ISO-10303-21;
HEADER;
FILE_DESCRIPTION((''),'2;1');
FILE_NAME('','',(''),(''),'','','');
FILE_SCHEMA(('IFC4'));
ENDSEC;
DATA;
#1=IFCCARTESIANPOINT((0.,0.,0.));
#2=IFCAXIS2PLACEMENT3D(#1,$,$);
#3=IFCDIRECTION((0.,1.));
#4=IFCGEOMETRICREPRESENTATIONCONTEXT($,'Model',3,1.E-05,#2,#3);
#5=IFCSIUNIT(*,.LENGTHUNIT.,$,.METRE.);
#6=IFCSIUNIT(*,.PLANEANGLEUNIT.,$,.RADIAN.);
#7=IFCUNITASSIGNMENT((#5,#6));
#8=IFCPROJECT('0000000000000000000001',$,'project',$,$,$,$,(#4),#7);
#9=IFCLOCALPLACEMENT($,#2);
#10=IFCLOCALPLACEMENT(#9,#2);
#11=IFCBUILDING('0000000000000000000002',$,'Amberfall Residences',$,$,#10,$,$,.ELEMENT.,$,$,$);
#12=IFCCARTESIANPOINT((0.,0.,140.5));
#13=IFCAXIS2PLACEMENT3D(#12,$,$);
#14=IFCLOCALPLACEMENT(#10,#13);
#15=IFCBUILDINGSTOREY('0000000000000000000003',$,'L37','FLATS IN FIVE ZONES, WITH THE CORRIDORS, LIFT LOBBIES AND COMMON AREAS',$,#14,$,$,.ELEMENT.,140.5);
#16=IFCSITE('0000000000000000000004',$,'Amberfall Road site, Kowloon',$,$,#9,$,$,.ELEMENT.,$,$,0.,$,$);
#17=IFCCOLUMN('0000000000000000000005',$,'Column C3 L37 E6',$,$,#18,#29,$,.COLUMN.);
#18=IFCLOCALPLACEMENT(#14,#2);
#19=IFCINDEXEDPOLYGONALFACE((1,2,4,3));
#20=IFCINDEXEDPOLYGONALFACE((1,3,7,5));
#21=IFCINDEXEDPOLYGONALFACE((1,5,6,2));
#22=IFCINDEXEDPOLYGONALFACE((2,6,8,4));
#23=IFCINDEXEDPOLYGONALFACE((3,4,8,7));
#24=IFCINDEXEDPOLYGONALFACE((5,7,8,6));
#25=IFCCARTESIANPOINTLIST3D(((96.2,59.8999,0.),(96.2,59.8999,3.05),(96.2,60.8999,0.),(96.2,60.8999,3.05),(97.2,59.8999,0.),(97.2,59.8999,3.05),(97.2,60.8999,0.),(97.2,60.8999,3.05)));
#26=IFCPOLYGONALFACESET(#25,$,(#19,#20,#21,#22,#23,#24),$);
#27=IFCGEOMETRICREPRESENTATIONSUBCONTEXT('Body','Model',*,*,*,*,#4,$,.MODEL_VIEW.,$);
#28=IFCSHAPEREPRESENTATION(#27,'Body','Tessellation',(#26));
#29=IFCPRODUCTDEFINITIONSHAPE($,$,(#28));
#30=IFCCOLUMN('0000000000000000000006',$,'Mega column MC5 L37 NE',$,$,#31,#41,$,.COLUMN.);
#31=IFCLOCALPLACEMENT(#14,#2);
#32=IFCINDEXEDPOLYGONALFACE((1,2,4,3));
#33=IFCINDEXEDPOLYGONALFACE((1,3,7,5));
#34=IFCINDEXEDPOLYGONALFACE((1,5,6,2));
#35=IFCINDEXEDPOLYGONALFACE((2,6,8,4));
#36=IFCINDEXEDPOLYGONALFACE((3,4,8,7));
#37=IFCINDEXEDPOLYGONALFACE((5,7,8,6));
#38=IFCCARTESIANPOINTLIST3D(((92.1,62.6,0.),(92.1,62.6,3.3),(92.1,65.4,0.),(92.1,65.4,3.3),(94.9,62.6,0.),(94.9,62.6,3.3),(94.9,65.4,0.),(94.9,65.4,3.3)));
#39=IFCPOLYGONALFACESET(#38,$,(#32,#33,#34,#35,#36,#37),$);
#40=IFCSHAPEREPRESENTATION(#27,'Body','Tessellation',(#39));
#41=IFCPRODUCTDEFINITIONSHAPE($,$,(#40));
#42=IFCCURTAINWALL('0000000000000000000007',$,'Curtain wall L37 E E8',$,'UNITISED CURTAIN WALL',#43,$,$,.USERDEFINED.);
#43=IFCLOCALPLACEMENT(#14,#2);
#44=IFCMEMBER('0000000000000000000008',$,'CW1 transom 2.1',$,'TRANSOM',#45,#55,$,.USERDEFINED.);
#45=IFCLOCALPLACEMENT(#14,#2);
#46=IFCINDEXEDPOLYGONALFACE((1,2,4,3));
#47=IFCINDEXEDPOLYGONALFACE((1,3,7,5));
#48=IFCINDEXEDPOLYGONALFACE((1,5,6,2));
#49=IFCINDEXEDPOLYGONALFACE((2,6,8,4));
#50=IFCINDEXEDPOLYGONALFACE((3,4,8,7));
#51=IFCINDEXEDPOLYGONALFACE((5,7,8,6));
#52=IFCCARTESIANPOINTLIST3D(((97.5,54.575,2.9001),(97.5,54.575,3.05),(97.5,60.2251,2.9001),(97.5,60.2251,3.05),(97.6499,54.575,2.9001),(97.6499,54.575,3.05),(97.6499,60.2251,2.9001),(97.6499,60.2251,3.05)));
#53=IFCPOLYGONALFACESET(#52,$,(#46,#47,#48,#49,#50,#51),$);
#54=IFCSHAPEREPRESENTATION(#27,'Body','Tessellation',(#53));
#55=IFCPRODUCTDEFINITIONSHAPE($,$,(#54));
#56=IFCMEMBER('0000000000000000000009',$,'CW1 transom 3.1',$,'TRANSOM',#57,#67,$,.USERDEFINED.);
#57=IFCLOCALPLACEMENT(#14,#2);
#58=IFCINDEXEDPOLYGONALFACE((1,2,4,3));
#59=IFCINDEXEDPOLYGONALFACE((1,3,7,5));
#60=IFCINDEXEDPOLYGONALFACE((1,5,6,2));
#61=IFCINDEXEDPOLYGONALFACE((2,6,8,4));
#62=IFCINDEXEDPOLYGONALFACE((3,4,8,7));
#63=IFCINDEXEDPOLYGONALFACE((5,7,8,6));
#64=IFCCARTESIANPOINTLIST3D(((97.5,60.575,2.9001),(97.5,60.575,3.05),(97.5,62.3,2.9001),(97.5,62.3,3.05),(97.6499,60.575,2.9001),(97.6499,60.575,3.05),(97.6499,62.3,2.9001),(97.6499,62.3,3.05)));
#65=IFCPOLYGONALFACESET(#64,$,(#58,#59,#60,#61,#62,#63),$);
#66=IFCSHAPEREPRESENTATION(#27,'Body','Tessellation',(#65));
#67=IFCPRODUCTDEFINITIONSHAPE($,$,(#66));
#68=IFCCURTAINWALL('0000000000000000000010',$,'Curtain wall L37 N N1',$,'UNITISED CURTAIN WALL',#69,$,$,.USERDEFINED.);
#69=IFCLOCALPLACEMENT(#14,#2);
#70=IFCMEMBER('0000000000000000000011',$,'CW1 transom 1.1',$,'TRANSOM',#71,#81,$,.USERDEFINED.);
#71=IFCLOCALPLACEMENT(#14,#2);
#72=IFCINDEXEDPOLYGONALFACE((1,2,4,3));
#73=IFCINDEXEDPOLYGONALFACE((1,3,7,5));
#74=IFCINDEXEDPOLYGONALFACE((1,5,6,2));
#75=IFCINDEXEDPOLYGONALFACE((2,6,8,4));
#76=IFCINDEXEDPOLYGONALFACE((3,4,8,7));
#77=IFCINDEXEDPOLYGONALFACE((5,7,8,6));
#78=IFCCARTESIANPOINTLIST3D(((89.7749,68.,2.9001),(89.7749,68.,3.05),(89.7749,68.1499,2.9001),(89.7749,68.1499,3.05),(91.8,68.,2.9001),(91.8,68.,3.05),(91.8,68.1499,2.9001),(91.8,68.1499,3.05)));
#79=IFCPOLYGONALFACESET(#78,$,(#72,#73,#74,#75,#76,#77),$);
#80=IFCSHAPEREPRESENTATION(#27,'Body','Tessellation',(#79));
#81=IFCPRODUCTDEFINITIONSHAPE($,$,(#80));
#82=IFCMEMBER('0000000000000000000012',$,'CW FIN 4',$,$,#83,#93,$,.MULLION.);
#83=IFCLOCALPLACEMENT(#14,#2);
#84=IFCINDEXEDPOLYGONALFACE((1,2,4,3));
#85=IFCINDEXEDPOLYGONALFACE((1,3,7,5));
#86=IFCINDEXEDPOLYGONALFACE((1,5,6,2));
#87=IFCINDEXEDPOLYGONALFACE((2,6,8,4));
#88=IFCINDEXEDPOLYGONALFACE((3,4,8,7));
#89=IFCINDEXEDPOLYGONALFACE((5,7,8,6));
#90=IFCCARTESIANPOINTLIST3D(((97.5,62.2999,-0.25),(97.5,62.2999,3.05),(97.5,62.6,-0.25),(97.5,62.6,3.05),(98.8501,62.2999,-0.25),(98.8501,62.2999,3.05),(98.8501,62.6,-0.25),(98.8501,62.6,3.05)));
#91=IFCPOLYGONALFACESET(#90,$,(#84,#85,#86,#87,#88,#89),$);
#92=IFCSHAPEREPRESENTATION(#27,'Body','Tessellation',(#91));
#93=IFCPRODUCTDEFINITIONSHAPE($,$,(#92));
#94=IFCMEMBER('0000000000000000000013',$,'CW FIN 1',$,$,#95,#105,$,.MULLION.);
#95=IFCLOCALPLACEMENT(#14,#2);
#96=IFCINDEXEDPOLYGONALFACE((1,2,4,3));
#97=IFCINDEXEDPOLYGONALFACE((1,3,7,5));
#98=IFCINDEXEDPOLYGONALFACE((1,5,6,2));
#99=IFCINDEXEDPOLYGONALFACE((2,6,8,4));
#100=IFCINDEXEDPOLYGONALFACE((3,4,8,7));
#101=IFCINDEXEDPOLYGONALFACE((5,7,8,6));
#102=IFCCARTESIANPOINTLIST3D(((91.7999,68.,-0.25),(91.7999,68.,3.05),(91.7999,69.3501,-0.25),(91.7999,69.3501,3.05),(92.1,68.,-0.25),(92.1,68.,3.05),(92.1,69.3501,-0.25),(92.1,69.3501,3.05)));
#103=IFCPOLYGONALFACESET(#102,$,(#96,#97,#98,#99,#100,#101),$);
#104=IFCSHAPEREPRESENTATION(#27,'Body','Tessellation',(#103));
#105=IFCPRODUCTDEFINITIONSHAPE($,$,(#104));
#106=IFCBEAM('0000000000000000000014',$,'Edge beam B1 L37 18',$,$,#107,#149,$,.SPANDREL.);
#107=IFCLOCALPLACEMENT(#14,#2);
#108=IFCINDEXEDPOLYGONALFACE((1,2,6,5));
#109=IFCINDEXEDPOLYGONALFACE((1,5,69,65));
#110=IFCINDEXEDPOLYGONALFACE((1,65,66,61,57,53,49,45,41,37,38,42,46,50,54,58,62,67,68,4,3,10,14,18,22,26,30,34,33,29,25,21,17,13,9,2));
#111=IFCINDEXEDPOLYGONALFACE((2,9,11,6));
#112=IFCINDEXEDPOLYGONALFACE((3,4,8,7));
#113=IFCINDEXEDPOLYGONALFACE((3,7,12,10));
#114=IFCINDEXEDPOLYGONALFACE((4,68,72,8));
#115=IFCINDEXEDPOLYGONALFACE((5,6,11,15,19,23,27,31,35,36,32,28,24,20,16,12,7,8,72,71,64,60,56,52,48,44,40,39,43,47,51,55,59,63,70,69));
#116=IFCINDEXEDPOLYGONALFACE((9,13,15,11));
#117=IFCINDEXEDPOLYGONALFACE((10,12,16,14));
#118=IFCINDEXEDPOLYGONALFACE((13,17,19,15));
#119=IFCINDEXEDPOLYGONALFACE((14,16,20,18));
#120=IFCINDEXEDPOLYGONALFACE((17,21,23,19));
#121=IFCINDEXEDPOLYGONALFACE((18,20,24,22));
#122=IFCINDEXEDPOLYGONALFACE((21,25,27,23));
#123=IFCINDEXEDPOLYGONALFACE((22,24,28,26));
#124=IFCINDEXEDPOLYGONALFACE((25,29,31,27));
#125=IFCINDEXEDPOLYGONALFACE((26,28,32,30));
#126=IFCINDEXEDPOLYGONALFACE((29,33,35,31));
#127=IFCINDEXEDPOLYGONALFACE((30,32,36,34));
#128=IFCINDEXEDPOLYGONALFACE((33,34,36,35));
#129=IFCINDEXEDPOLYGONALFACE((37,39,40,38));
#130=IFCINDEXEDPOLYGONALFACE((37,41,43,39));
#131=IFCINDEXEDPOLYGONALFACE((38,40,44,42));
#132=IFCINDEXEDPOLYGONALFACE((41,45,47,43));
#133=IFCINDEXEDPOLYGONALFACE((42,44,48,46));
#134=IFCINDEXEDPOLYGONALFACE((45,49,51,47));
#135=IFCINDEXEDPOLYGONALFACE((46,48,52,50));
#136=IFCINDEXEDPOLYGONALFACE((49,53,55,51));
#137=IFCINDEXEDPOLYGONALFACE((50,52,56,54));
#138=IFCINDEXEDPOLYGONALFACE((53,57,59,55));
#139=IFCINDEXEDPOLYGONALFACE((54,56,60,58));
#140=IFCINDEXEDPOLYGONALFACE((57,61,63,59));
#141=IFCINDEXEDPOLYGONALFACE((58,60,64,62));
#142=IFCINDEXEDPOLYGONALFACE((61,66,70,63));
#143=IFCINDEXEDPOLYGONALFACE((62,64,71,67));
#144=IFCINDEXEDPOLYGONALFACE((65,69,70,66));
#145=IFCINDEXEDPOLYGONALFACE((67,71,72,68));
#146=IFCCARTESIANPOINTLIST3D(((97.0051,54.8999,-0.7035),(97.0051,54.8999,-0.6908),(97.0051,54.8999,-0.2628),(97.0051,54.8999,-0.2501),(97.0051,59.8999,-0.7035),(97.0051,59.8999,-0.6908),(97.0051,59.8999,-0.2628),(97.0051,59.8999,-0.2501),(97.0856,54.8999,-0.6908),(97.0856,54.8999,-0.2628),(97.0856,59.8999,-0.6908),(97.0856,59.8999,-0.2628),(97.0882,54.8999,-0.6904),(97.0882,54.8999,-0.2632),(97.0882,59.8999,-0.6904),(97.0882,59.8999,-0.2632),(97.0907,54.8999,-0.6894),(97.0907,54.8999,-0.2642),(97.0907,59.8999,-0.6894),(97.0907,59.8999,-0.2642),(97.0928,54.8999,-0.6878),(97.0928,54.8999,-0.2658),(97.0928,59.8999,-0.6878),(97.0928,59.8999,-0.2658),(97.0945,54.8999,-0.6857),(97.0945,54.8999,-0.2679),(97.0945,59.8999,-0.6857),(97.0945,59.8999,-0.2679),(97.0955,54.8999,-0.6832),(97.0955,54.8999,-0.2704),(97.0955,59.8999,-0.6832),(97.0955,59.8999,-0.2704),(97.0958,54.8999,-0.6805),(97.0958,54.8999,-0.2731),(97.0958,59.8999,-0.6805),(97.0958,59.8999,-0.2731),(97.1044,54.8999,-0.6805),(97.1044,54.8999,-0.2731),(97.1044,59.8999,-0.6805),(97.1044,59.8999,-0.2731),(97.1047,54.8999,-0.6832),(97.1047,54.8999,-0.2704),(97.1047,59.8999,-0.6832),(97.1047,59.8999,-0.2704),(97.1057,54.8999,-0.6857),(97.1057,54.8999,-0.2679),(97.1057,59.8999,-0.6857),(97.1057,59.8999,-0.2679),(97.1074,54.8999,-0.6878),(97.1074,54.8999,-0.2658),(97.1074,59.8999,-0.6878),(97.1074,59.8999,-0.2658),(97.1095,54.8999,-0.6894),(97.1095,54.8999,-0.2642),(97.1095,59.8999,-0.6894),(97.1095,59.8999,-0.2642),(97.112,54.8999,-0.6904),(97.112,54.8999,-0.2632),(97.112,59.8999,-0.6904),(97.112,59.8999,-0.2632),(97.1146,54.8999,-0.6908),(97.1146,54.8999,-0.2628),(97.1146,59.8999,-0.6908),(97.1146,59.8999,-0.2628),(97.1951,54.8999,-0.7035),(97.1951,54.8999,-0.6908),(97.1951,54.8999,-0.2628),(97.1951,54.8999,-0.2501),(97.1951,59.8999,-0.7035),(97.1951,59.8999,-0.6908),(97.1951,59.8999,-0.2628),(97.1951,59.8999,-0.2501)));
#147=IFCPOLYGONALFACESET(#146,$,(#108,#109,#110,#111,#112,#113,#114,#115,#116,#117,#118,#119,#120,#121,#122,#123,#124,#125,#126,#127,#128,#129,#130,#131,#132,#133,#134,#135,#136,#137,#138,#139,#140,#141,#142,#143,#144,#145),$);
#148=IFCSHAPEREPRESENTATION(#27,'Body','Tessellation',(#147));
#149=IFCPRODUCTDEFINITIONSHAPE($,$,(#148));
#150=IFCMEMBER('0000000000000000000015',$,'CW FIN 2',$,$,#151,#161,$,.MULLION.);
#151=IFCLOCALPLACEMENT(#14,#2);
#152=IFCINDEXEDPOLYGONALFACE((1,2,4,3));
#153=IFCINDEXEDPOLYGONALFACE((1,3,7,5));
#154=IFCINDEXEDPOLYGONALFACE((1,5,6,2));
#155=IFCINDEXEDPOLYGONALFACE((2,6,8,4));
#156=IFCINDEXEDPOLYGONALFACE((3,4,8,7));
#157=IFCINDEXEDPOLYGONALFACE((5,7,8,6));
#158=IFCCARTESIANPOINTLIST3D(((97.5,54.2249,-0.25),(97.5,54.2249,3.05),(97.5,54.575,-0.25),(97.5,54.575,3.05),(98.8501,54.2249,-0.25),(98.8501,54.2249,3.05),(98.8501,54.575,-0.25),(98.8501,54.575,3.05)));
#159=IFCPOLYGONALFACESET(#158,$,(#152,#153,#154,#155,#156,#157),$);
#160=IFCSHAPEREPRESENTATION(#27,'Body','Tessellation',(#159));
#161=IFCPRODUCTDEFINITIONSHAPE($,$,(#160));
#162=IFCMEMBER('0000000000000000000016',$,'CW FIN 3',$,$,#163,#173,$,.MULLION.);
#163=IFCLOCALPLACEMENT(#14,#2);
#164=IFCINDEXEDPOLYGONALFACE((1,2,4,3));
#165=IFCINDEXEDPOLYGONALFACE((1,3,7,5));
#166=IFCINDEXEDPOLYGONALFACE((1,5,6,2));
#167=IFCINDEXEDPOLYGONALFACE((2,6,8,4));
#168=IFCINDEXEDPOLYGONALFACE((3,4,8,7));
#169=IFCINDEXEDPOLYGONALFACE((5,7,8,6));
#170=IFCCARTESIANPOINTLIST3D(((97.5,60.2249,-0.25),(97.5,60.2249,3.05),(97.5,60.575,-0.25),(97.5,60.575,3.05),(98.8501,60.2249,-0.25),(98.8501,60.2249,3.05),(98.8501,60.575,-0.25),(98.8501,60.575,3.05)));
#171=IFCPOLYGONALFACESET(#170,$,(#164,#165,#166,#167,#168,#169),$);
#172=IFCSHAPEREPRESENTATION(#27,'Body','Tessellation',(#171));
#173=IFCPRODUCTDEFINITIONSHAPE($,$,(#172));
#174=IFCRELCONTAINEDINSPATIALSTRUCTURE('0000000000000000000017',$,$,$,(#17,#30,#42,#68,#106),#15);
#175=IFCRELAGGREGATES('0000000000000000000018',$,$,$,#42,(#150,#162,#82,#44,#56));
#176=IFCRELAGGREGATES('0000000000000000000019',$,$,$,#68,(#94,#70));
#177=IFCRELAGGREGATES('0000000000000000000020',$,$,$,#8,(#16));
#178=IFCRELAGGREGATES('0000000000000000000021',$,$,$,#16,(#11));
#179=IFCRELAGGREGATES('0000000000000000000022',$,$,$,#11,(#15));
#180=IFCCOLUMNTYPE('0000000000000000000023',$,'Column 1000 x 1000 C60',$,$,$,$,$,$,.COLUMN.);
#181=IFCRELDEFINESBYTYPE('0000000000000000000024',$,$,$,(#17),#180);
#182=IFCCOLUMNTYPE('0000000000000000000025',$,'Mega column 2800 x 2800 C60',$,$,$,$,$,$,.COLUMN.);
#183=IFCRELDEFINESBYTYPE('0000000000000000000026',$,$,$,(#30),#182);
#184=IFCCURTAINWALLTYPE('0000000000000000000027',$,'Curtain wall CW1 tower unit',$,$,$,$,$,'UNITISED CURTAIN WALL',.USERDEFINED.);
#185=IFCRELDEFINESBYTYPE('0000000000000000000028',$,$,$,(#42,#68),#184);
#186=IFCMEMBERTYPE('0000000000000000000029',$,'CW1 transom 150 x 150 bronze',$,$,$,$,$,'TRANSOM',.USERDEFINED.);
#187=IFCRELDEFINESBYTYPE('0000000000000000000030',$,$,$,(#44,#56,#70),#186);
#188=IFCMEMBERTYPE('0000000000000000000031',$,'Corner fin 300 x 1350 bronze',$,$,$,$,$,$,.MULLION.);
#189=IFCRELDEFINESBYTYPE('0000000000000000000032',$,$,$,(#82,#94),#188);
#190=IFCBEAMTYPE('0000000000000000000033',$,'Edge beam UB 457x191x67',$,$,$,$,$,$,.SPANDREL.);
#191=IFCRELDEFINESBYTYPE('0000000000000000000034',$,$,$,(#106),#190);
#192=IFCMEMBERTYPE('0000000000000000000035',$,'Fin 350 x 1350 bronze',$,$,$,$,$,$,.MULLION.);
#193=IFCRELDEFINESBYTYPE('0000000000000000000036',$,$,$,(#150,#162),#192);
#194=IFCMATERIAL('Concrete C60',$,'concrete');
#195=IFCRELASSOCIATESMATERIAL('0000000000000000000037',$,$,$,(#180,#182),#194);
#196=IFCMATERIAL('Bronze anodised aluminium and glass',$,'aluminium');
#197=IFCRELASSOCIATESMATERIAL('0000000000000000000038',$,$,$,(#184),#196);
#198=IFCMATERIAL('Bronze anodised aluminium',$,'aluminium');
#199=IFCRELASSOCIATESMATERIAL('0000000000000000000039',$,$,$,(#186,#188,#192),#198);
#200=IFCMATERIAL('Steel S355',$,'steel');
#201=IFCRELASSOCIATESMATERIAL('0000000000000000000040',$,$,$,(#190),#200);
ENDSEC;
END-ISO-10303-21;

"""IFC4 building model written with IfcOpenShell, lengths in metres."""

from ifc_helpers import new_model, si_unit, direction, frame, origin, origin_2d, place, context, subcontext, project, spatial, rectangle, i_section, extrude, material, material_profile, profile_set, type_object, element, aggregate, save


model = new_model("IFC4")

# Units and contexts
model_context = context("Model", 3, precision=1e-05, world=origin(), true_north=direction((0.0, 1.0)))
body_context = subcontext(model_context, "Body", "Model", "MODEL_VIEW")
ifc_project = project(units=[si_unit("LENGTHUNIT", "METRE"), si_unit("PLANEANGLEUNIT", "RADIAN")], contexts=[model_context])

# Site, building, storey
site_placement = place(None, origin())
site = spatial("IfcSite", under=ifc_project, at=site_placement, Name="Amberfall Road site, Kowloon", CompositionType="ELEMENT", RefElevation=0.0)
building_placement = place(site_placement, origin())
building = spatial("IfcBuilding", under=site, at=building_placement, Name="Amberfall Residences", CompositionType="ELEMENT")
storey_placement = place(building_placement, frame((0.0, 0.0, 140.5)))
storey = spatial("IfcBuildingStorey", under=building, at=storey_placement, Name="L37", Description="FLATS IN FIVE ZONES, WITH THE CORRIDORS, LIFT LOBBIES AND COMMON AREAS", CompositionType="ELEMENT", Elevation=140.5)

# Columns
ifc_material_1 = material(Name="Concrete C60", Category="concrete")
ifc_material_profile_1 = material_profile(ifc_material_1, rectangle(XDim=1.0, YDim=1.0, at=origin_2d()), Name="Column 1000 x 1000 C60")
ifc_profile_set_1 = profile_set([ifc_material_profile_1], Name="Concrete C60")
column_type_1 = type_object("IfcColumnType", Name="Column 1000 x 1000 C60", PredefinedType="COLUMN", material=ifc_profile_set_1)
column_1_placement = place(storey_placement, frame((96.7, 60.3999, 0.0), z_axis=(0.0, 0.0, 1.0), x_axis=(1.0, 0.0, 0.0)))
element("IfcColumn", 1, at=column_1_placement, inside=storey, type_object=column_type_1, Name="Column C3 L37 E6", PredefinedType="COLUMN", context=body_context, shape_type="SweptSolid", body=[
    extrude(rectangle(XDim=1.0, YDim=1.0, at=origin_2d()), origin(), (0.0, 0.0, 1.0), 3.05),
])
ifc_material_profile_2 = material_profile(ifc_material_1, rectangle(XDim=2.8, YDim=2.8, at=origin_2d()), Name="Mega column 2800 x 2800 C60")
ifc_profile_set_2 = profile_set([ifc_material_profile_2], Name="Concrete C60")
column_type_2 = type_object("IfcColumnType", Name="Mega column 2800 x 2800 C60", PredefinedType="COLUMN", material=ifc_profile_set_2)
column_2_placement = place(storey_placement, frame((93.5, 64.0, 0.0), z_axis=(0.0, 0.0, 1.0), x_axis=(1.0, 0.0, 0.0)))
element("IfcColumn", 2, at=column_2_placement, inside=storey, type_object=column_type_2, Name="Mega column MC5 L37 NE", PredefinedType="COLUMN", context=body_context, shape_type="SweptSolid", body=[
    extrude(rectangle(XDim=2.8, YDim=2.8, at=origin_2d()), origin(), (0.0, 0.0, 1.0), 3.3),
])

# Curtain wall, members
ifc_material_2 = material(Name="Bronze anodised aluminium and glass", Category="aluminium")
curtain_wall_type = type_object("IfcCurtainWallType", Name="Curtain wall CW1 tower unit", ElementType="UNITISED CURTAIN WALL", PredefinedType="USERDEFINED", material=ifc_material_2)
curtain_wall_1_placement = place(storey_placement, origin())
curtain_wall_1 = element("IfcCurtainWall", 3, at=curtain_wall_1_placement, inside=storey, type_object=curtain_wall_type, Name="Curtain wall L37 E E8", ObjectType="UNITISED CURTAIN WALL", PredefinedType="USERDEFINED")
ifc_material_3 = material(Name="Bronze anodised aluminium", Category="aluminium")
ifc_material_profile_3 = material_profile(ifc_material_3, rectangle(XDim=0.1499, YDim=0.1499, at=origin_2d()), Name="CW1 transom 150 x 150 bronze")
ifc_profile_set_3 = profile_set([ifc_material_profile_3], Name="Bronze anodised aluminium")
member_type_1 = type_object("IfcMemberType", Name="CW1 transom 150 x 150 bronze", ElementType="TRANSOM", PredefinedType="USERDEFINED", material=ifc_profile_set_3)
member_1_placement = place(storey_placement, frame((97.575, 54.575, 2.9751), z_axis=(0.0, 1.0, 0.0), x_axis=(-1.0, 0.0, 0.0)))
member_1 = element("IfcMember", 4, at=member_1_placement, type_object=member_type_1, Name="CW1 transom 2.1", ObjectType="TRANSOM", PredefinedType="USERDEFINED", context=body_context, shape_type="SweptSolid", body=[
    extrude(rectangle(XDim=0.1499, YDim=0.1499, at=origin_2d()), origin(), (0.0, 0.0, 1.0), 5.6501),
])
member_2_placement = place(storey_placement, frame((97.575, 60.575, 2.9751), z_axis=(0.0, 1.0, 0.0), x_axis=(-1.0, 0.0, 0.0)))
member_2 = element("IfcMember", 5, at=member_2_placement, type_object=member_type_1, Name="CW1 transom 3.1", ObjectType="TRANSOM", PredefinedType="USERDEFINED", context=body_context, shape_type="SweptSolid", body=[
    extrude(rectangle(XDim=0.1499, YDim=0.1499, at=origin_2d()), origin(), (0.0, 0.0, 1.0), 1.7251),
])

# Curtain wall, member
curtain_wall_2_placement = place(storey_placement, origin())
curtain_wall_2 = element("IfcCurtainWall", 6, at=curtain_wall_2_placement, inside=storey, type_object=curtain_wall_type, Name="Curtain wall L37 N N1", ObjectType="UNITISED CURTAIN WALL", PredefinedType="USERDEFINED")
member_3_placement = place(storey_placement, frame((91.8, 68.075, 2.9751), z_axis=(-1.0, 0.0, 0.0), x_axis=(0.0, -1.0, 0.0)))
member_3 = element("IfcMember", 7, at=member_3_placement, type_object=member_type_1, Name="CW1 transom 1.1", ObjectType="TRANSOM", PredefinedType="USERDEFINED", context=body_context, shape_type="SweptSolid", body=[
    extrude(rectangle(XDim=0.1499, YDim=0.1499, at=origin_2d()), origin(), (0.0, 0.0, 1.0), 2.0251),
])

# Members
ifc_material_profile_4 = material_profile(ifc_material_3, rectangle(XDim=1.3501, YDim=0.3, at=origin_2d()), Name="Corner fin 300 x 1350 bronze")
ifc_profile_set_4 = profile_set([ifc_material_profile_4], Name="Bronze anodised aluminium")
member_type_2 = type_object("IfcMemberType", Name="Corner fin 300 x 1350 bronze", PredefinedType="MULLION", material=ifc_profile_set_4)
member_4_placement = place(storey_placement, frame((98.175, 62.45, -0.25), z_axis=(0.0, 0.0, 1.0), x_axis=(-1.0, 0.0, 0.0)))
member_4 = element("IfcMember", 8, at=member_4_placement, type_object=member_type_2, Name="CW FIN 4", PredefinedType="MULLION", context=body_context, shape_type="SweptSolid", body=[
    extrude(rectangle(XDim=1.3501, YDim=0.3, at=origin_2d()), origin(), (0.0, 0.0, 1.0), 3.3),
])
member_5_placement = place(storey_placement, frame((91.95, 68.675, -0.25), z_axis=(0.0, 0.0, 1.0), x_axis=(0.0, -1.0, 0.0)))
member_5 = element("IfcMember", 9, at=member_5_placement, type_object=member_type_2, Name="CW FIN 1", PredefinedType="MULLION", context=body_context, shape_type="SweptSolid", body=[
    extrude(rectangle(XDim=1.3501, YDim=0.3, at=origin_2d()), origin(), (0.0, 0.0, 1.0), 3.3),
])

# Beam
ifc_material_4 = material(Name="Steel S355", Category="steel")
ifc_material_profile_5 = material_profile(ifc_material_4, i_section(OverallWidth=0.1899, OverallDepth=0.4534, WebThickness=0.0085, FlangeThickness=0.0127, FilletRadius=0.0103, at=origin_2d()), Name="UB 457x191x67")
ifc_profile_set_5 = profile_set([ifc_material_profile_5], Name="Steel S355")
beam_type_1 = type_object("IfcBeamType", Name="Edge beam UB 457x191x67", PredefinedType="SPANDREL", material=ifc_profile_set_5)
beam_1_placement = place(storey_placement, frame((97.1001, 54.8999, -0.4768), z_axis=(0.0, 1.0, 0.0), x_axis=(-1.0, 0.0, 0.0)))
element("IfcBeam", 10, at=beam_1_placement, inside=storey, type_object=beam_type_1, Name="Edge beam B1 L37 18", PredefinedType="SPANDREL", context=body_context, shape_type="SweptSolid", body=[
    extrude(i_section(OverallWidth=0.1899, OverallDepth=0.4534, WebThickness=0.0085, FlangeThickness=0.0127, FilletRadius=0.0103, at=origin_2d()), origin(), (0.0, 0.0, 1.0), 5.0),
])

# Members
ifc_material_profile_6 = material_profile(ifc_material_3, rectangle(XDim=1.3501, YDim=0.3501, at=origin_2d()), Name="Fin 350 x 1350 bronze")
ifc_profile_set_6 = profile_set([ifc_material_profile_6], Name="Bronze anodised aluminium")
member_type_3 = type_object("IfcMemberType", Name="Fin 350 x 1350 bronze", PredefinedType="MULLION", material=ifc_profile_set_6)
member_6_placement = place(storey_placement, frame((98.175, 54.3999, -0.25), z_axis=(0.0, 0.0, 1.0), x_axis=(-1.0, 0.0, 0.0)))
member_6 = element("IfcMember", 11, at=member_6_placement, type_object=member_type_3, Name="CW FIN 2", PredefinedType="MULLION", context=body_context, shape_type="SweptSolid", body=[
    extrude(rectangle(XDim=1.3501, YDim=0.3501, at=origin_2d()), origin(), (0.0, 0.0, 1.0), 3.3),
])
member_7_placement = place(storey_placement, frame((98.175, 60.3999, -0.25), z_axis=(0.0, 0.0, 1.0), x_axis=(-1.0, 0.0, 0.0)))
member_7 = element("IfcMember", 12, at=member_7_placement, type_object=member_type_3, Name="CW FIN 3", PredefinedType="MULLION", context=body_context, shape_type="SweptSolid", body=[
    extrude(rectangle(XDim=1.3501, YDim=0.3501, at=origin_2d()), origin(), (0.0, 0.0, 1.0), 3.3),
])

aggregate(curtain_wall_1, [member_6, member_7, member_4, member_1, member_2])
aggregate(curtain_wall_2, [member_5, member_3])

save(model, "model.ifc")
